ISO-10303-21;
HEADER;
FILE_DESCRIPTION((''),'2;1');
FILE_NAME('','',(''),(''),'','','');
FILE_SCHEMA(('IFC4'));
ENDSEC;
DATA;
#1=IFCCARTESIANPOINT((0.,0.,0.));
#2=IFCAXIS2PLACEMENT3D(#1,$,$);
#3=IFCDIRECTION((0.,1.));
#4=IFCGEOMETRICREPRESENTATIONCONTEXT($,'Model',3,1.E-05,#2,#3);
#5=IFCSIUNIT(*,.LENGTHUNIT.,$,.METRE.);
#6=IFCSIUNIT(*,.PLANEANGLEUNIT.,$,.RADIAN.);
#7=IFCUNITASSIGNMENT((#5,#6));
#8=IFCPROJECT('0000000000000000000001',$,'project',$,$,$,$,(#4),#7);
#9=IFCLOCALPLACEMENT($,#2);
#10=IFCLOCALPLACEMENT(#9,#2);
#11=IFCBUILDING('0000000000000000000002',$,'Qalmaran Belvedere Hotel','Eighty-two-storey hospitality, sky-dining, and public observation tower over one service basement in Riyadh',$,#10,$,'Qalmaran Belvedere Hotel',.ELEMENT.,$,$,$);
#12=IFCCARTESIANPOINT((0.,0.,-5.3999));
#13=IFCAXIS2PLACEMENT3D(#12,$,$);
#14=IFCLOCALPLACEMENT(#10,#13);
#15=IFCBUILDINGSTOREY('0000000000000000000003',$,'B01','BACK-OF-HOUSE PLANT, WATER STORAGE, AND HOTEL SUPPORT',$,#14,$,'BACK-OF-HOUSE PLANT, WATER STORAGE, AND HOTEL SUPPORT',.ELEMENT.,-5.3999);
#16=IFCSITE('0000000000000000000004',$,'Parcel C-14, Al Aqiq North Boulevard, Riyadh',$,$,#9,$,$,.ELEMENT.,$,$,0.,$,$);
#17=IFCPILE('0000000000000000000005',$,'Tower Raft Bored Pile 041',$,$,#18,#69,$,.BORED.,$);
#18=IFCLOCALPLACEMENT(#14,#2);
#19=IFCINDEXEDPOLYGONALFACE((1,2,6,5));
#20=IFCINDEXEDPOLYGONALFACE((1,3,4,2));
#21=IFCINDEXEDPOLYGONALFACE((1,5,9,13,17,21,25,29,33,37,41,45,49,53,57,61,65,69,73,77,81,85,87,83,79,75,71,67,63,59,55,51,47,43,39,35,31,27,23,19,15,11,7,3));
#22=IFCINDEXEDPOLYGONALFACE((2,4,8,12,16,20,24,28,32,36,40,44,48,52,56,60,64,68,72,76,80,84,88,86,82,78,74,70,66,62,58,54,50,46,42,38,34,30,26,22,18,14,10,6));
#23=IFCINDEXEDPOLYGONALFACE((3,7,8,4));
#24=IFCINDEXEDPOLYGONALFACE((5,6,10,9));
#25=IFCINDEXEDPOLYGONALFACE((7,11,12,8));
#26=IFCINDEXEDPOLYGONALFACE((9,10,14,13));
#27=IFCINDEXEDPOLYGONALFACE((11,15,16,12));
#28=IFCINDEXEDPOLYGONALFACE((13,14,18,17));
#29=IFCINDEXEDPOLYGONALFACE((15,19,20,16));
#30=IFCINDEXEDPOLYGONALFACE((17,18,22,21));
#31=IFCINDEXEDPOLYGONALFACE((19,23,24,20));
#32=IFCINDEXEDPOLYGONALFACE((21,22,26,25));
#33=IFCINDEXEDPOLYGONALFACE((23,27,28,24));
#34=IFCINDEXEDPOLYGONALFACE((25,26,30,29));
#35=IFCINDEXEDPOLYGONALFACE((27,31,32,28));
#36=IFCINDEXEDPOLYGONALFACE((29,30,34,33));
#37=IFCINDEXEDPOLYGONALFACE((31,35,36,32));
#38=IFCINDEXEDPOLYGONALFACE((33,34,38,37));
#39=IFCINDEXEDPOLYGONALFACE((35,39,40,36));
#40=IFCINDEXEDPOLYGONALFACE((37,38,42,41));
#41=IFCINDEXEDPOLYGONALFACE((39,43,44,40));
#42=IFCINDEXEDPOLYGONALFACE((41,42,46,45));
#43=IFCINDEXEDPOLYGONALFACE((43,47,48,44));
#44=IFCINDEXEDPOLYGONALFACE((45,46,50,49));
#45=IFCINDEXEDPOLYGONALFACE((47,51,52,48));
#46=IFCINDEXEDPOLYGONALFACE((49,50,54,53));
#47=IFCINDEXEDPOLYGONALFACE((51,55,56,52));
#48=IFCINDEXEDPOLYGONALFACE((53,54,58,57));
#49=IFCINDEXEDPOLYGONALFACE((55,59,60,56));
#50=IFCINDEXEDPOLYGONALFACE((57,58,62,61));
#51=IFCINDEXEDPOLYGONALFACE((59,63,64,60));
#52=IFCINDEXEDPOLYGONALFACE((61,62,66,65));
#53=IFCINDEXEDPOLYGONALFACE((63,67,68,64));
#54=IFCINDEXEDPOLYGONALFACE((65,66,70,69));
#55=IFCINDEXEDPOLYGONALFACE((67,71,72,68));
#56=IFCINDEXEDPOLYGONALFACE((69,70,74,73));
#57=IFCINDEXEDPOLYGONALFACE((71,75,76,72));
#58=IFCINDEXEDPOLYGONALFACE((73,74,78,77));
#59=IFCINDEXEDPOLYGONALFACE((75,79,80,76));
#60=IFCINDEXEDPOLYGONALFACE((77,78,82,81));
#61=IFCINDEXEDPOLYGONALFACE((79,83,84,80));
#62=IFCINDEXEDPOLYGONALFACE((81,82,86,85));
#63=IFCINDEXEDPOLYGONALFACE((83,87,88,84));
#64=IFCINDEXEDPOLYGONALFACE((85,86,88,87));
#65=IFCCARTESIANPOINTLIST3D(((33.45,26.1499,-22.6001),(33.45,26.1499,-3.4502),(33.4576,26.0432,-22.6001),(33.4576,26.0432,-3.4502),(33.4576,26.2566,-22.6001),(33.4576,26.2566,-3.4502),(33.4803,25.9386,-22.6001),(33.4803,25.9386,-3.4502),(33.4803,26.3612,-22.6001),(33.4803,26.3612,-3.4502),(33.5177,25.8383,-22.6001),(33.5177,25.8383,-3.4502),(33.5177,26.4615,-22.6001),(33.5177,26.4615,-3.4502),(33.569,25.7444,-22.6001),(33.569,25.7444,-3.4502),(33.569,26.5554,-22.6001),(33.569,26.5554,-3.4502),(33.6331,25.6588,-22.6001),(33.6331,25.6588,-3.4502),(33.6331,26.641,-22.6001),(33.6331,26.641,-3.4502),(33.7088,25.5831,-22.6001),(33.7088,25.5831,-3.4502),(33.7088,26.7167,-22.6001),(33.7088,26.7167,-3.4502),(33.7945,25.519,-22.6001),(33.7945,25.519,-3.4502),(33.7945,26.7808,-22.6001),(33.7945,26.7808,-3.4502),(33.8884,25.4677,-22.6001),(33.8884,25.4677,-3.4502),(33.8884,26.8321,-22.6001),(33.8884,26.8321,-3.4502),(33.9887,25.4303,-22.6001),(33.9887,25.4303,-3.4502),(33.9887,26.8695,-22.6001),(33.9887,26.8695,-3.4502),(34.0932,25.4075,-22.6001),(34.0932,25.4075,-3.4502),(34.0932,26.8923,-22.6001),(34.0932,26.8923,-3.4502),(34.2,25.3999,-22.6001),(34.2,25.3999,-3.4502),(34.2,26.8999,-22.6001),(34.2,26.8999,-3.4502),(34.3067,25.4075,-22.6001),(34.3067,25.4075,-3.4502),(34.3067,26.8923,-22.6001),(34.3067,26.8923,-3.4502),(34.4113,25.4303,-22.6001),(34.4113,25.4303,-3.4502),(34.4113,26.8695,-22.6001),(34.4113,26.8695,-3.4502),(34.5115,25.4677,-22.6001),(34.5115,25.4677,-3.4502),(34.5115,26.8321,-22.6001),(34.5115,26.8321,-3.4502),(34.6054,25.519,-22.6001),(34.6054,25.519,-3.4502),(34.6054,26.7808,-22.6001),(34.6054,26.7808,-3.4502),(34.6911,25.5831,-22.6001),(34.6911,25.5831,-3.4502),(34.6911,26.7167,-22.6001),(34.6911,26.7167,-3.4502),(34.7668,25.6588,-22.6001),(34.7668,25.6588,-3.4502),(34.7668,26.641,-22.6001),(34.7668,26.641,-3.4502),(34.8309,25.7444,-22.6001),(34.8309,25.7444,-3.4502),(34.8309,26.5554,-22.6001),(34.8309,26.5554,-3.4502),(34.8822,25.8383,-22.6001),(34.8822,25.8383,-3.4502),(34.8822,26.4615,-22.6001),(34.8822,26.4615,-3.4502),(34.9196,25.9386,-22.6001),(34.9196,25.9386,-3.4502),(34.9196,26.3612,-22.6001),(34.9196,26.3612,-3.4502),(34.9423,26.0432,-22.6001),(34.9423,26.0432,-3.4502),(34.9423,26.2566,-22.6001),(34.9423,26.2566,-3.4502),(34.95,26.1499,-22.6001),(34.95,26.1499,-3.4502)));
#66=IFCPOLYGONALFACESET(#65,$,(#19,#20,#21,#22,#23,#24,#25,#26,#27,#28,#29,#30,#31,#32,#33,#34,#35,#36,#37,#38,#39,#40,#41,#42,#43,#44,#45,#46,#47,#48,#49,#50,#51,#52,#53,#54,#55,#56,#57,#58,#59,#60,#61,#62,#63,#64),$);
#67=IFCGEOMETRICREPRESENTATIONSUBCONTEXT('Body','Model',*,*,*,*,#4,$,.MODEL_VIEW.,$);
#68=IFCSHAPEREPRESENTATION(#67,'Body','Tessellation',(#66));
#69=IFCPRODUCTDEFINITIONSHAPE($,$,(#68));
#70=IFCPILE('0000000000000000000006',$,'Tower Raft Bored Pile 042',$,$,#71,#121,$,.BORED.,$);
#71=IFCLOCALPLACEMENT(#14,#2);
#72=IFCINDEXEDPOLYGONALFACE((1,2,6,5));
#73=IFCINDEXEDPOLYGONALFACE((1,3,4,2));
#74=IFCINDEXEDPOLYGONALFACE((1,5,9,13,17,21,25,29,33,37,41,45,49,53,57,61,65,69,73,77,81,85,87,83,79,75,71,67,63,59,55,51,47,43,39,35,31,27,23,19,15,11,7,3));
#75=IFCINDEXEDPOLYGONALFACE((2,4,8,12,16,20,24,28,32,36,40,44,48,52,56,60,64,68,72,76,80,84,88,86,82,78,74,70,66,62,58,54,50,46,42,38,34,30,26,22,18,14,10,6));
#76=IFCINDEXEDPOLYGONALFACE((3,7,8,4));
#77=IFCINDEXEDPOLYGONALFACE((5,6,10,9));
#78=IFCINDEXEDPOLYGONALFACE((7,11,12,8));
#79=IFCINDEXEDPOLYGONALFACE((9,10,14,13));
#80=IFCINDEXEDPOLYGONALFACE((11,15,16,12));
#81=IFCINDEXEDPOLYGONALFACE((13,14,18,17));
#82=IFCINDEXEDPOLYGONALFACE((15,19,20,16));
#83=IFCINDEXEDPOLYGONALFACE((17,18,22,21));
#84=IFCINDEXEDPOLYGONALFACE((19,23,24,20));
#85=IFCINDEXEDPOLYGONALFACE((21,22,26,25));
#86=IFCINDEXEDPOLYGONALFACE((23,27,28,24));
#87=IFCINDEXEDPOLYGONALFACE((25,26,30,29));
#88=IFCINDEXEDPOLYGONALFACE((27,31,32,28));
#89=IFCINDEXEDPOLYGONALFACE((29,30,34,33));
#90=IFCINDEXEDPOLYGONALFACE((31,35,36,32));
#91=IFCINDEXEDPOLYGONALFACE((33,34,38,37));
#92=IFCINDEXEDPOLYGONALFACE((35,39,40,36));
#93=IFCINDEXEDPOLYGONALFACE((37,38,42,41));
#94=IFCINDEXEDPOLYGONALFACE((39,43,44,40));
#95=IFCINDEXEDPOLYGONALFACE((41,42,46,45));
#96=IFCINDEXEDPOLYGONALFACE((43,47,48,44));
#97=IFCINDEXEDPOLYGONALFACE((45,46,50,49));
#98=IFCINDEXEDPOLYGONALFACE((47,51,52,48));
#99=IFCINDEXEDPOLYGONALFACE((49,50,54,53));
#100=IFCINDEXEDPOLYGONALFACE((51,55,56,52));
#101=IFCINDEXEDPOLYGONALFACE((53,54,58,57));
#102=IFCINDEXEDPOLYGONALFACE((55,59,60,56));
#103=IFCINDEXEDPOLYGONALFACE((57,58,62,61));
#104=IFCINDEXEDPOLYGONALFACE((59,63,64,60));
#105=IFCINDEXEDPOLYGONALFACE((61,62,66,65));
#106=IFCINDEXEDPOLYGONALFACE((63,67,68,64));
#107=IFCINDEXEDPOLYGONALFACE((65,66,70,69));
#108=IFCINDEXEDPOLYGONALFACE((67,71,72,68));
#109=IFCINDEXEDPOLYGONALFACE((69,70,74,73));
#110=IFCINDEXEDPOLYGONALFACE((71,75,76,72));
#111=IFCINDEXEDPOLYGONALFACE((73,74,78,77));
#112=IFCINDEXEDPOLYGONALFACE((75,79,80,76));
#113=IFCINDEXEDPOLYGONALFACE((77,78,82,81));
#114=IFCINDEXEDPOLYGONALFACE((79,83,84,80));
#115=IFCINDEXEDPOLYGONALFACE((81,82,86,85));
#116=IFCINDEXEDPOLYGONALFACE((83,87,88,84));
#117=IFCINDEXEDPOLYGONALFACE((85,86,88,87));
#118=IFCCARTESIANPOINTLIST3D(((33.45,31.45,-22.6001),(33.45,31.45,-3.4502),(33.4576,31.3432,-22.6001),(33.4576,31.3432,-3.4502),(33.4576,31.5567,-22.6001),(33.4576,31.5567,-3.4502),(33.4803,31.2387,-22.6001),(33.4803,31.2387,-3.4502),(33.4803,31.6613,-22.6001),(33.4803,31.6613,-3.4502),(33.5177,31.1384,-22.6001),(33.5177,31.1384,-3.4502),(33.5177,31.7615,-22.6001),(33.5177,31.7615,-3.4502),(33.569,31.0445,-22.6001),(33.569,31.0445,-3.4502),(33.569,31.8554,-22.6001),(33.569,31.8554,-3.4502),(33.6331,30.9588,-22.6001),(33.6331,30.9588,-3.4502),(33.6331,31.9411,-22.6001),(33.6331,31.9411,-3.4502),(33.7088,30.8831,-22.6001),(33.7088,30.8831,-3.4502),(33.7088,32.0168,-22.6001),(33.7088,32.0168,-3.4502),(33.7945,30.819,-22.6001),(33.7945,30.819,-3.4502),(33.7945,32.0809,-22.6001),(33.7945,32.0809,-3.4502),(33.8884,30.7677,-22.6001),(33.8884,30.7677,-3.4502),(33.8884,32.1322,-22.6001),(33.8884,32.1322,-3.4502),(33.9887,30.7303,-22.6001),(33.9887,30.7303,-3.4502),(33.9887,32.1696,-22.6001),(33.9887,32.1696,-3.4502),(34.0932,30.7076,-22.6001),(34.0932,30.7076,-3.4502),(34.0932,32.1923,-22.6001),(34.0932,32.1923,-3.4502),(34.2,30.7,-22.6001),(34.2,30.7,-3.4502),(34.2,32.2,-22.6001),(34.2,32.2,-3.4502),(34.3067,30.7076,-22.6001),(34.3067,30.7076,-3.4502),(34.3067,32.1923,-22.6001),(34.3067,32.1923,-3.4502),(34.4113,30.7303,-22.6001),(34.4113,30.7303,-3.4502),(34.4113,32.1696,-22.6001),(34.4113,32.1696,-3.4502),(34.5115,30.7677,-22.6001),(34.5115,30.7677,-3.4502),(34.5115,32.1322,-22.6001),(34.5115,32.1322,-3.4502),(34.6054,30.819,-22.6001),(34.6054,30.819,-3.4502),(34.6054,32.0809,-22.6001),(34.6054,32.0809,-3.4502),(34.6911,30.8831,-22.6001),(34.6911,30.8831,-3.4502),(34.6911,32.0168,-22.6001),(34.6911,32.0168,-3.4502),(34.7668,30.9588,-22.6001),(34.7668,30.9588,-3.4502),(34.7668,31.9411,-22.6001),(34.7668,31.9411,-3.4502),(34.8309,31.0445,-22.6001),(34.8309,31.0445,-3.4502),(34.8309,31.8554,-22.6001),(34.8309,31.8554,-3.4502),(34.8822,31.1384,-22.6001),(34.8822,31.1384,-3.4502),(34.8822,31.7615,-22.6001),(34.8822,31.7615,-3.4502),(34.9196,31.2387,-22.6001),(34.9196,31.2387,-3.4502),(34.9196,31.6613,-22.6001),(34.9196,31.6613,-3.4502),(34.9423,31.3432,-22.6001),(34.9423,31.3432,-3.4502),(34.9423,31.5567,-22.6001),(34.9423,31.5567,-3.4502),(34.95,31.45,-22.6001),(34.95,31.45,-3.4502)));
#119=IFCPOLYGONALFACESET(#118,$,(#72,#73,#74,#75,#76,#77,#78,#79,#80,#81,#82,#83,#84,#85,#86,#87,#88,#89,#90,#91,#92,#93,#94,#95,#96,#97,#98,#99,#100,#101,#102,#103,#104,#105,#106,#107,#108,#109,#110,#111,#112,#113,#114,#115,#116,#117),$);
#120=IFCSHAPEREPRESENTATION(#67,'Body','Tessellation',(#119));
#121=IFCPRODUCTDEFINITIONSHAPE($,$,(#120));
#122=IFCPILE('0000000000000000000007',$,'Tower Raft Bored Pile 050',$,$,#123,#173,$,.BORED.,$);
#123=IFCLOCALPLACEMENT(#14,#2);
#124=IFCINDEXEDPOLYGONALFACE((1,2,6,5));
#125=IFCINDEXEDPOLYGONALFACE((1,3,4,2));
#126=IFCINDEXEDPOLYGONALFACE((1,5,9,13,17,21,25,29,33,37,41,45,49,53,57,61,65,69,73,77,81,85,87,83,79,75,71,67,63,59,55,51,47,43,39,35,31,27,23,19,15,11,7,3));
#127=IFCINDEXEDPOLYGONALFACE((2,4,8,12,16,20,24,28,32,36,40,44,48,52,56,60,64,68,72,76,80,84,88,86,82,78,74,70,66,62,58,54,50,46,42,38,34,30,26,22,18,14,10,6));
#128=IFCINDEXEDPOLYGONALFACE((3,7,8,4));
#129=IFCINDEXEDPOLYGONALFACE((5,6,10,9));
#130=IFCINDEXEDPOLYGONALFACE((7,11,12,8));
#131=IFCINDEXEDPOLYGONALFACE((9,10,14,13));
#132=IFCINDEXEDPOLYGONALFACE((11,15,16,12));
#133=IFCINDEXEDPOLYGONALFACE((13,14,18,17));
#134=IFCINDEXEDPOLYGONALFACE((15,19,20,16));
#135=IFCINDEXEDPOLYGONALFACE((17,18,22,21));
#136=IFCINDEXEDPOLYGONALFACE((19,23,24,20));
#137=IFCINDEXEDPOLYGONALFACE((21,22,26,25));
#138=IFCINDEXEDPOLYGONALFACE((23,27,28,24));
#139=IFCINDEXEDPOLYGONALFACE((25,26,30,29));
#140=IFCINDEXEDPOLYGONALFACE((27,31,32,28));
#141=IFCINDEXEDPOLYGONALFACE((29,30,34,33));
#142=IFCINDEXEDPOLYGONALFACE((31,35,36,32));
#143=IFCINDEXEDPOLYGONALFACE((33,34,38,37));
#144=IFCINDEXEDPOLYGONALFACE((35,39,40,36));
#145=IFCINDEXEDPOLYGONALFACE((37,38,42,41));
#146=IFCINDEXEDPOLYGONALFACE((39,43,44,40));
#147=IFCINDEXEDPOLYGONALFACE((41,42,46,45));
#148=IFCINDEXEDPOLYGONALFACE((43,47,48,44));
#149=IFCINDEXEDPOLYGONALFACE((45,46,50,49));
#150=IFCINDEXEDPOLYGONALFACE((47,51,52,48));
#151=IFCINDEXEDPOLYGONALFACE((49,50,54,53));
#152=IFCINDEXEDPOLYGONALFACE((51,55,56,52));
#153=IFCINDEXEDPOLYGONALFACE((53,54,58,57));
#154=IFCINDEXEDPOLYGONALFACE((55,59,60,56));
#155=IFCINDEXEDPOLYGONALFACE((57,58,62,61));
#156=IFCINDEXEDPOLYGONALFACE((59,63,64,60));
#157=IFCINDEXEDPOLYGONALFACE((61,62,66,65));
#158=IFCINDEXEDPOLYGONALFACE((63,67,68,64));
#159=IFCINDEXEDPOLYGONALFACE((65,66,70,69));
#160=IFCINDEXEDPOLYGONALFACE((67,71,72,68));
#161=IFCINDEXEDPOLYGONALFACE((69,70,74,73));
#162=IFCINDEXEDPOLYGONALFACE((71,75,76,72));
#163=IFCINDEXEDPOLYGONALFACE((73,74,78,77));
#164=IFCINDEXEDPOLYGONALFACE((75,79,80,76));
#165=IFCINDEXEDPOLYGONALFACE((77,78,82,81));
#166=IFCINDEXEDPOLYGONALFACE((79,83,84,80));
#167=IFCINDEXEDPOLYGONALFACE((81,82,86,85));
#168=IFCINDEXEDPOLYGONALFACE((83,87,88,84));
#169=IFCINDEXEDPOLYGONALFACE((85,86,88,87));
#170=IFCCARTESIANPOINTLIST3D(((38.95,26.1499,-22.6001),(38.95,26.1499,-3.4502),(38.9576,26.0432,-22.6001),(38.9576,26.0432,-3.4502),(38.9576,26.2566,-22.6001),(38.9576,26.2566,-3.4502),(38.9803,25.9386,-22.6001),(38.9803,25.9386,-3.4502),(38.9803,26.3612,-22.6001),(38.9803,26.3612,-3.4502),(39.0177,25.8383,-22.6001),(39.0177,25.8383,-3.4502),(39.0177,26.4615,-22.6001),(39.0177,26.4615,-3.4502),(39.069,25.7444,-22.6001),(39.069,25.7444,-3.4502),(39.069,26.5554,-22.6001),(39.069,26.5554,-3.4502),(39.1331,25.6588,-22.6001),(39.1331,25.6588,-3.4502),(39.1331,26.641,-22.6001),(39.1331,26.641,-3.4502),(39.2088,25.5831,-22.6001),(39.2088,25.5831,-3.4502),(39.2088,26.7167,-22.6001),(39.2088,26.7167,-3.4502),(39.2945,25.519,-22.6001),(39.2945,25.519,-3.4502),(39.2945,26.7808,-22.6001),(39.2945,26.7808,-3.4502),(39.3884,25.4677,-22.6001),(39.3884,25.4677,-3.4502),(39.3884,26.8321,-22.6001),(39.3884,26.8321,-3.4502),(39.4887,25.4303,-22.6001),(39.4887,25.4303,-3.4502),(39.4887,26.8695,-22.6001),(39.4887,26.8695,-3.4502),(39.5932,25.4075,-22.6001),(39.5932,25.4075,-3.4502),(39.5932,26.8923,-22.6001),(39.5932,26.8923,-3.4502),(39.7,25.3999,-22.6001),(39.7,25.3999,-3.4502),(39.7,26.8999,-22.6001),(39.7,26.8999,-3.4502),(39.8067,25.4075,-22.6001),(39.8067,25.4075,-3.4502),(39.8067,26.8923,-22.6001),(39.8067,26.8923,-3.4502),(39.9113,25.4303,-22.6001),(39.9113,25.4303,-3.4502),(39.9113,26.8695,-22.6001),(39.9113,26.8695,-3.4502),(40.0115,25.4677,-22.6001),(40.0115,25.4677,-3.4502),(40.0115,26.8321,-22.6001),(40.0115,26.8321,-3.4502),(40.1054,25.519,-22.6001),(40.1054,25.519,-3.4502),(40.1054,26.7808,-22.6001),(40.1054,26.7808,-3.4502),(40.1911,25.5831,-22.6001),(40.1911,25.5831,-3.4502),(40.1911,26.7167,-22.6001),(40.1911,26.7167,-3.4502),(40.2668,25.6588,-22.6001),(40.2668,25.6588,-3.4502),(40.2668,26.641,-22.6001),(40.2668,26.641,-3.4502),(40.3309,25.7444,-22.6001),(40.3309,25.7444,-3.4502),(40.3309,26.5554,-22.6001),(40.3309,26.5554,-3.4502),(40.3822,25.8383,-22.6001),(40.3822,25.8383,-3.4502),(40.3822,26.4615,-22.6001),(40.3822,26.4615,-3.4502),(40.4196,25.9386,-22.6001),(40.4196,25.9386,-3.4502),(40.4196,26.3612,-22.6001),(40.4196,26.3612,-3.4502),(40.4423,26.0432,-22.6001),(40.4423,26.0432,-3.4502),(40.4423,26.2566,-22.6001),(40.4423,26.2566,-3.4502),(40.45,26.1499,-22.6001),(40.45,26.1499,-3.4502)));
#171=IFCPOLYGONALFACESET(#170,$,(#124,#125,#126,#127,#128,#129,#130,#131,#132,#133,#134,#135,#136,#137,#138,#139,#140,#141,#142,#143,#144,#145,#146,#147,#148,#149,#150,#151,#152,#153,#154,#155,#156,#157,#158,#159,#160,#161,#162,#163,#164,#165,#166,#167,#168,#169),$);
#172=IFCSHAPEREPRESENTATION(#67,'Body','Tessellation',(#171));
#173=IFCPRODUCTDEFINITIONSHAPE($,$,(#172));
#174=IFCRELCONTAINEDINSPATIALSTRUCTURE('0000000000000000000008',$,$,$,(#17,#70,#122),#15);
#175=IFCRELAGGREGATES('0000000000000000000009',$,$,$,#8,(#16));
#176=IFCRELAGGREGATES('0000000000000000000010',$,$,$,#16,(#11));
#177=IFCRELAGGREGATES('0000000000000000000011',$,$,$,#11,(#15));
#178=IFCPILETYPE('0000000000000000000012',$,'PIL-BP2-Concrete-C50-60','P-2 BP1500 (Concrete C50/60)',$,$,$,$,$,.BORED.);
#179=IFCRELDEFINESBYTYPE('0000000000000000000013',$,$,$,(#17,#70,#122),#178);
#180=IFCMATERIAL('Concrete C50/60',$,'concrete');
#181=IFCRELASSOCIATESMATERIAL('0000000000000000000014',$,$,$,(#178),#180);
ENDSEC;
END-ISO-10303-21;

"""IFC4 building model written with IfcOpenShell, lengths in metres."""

from ifc_helpers import new_model, si_unit, direction, frame, origin, origin_2d, place, context, subcontext, project, spatial, circle, extrude, material, material_profile, profile_set, type_object, element, save


model = new_model("IFC4")

# Units and contexts
model_context = context("Model", 3, precision=1e-05, world=origin(), true_north=direction((0.0, 1.0)))
body_context = subcontext(model_context, "Body", "Model", "MODEL_VIEW")
ifc_project = project(units=[si_unit("LENGTHUNIT", "METRE"), si_unit("PLANEANGLEUNIT", "RADIAN")], contexts=[model_context])

# Site, building, storey
site_placement = place(None, origin())
site = spatial("IfcSite", under=ifc_project, at=site_placement, Name="Parcel C-14, Al Aqiq North Boulevard, Riyadh", CompositionType="ELEMENT", RefElevation=0.0)
building_placement = place(site_placement, origin())
building = spatial("IfcBuilding", under=site, at=building_placement, Name="Qalmaran Belvedere Hotel", Description="Eighty-two-storey hospitality, sky-dining, and public observation tower over one service basement in Riyadh", LongName="Qalmaran Belvedere Hotel", CompositionType="ELEMENT")
storey_placement = place(building_placement, frame((0.0, 0.0, -5.3999)))
storey = spatial("IfcBuildingStorey", under=building, at=storey_placement, Name="B01", Description="BACK-OF-HOUSE PLANT, WATER STORAGE, AND HOTEL SUPPORT", LongName="BACK-OF-HOUSE PLANT, WATER STORAGE, AND HOTEL SUPPORT", CompositionType="ELEMENT", Elevation=-5.3999)

# Piles
ifc_material_1 = material(Name="Concrete C50/60", Category="concrete")
ifc_material_profile_1 = material_profile(ifc_material_1, circle(Radius=0.75, at=origin_2d()), Name="BP1500")
ifc_profile_set_1 = profile_set([ifc_material_profile_1], Name="Concrete C50/60")
pile_type_1 = type_object("IfcPileType", Name="PIL-BP2-Concrete-C50-60", Description="P-2 BP1500 (Concrete C50/60)", PredefinedType="BORED", material=ifc_profile_set_1)
for number, where, z_axis, x_axis, name in (
    (1, (34.2, 26.1499, -3.4502), (0.0, 0.0, -1.0), (1.0, 0.0, 0.0), "Tower Raft Bored Pile 041"),
    (2, (34.2, 31.45, -3.4502), (0.0, 0.0, -1.0), (1.0, 0.0, 0.0), "Tower Raft Bored Pile 042"),
    (3, (39.7, 26.1499, -3.4502), (0.0, 0.0, -1.0), (1.0, 0.0, 0.0), "Tower Raft Bored Pile 050"),
):
    element("IfcPile", number, at=place(storey_placement, frame(where, z_axis=z_axis, x_axis=x_axis)), inside=storey, type_object=pile_type_1, Name=name, PredefinedType="BORED", context=body_context, shape_type="SweptSolid", body=[
        extrude(circle(Radius=0.75, at=origin_2d()), origin(), (0.0, 0.0, 1.0), 19.1499),
    ])

save(model, "model.ifc")
